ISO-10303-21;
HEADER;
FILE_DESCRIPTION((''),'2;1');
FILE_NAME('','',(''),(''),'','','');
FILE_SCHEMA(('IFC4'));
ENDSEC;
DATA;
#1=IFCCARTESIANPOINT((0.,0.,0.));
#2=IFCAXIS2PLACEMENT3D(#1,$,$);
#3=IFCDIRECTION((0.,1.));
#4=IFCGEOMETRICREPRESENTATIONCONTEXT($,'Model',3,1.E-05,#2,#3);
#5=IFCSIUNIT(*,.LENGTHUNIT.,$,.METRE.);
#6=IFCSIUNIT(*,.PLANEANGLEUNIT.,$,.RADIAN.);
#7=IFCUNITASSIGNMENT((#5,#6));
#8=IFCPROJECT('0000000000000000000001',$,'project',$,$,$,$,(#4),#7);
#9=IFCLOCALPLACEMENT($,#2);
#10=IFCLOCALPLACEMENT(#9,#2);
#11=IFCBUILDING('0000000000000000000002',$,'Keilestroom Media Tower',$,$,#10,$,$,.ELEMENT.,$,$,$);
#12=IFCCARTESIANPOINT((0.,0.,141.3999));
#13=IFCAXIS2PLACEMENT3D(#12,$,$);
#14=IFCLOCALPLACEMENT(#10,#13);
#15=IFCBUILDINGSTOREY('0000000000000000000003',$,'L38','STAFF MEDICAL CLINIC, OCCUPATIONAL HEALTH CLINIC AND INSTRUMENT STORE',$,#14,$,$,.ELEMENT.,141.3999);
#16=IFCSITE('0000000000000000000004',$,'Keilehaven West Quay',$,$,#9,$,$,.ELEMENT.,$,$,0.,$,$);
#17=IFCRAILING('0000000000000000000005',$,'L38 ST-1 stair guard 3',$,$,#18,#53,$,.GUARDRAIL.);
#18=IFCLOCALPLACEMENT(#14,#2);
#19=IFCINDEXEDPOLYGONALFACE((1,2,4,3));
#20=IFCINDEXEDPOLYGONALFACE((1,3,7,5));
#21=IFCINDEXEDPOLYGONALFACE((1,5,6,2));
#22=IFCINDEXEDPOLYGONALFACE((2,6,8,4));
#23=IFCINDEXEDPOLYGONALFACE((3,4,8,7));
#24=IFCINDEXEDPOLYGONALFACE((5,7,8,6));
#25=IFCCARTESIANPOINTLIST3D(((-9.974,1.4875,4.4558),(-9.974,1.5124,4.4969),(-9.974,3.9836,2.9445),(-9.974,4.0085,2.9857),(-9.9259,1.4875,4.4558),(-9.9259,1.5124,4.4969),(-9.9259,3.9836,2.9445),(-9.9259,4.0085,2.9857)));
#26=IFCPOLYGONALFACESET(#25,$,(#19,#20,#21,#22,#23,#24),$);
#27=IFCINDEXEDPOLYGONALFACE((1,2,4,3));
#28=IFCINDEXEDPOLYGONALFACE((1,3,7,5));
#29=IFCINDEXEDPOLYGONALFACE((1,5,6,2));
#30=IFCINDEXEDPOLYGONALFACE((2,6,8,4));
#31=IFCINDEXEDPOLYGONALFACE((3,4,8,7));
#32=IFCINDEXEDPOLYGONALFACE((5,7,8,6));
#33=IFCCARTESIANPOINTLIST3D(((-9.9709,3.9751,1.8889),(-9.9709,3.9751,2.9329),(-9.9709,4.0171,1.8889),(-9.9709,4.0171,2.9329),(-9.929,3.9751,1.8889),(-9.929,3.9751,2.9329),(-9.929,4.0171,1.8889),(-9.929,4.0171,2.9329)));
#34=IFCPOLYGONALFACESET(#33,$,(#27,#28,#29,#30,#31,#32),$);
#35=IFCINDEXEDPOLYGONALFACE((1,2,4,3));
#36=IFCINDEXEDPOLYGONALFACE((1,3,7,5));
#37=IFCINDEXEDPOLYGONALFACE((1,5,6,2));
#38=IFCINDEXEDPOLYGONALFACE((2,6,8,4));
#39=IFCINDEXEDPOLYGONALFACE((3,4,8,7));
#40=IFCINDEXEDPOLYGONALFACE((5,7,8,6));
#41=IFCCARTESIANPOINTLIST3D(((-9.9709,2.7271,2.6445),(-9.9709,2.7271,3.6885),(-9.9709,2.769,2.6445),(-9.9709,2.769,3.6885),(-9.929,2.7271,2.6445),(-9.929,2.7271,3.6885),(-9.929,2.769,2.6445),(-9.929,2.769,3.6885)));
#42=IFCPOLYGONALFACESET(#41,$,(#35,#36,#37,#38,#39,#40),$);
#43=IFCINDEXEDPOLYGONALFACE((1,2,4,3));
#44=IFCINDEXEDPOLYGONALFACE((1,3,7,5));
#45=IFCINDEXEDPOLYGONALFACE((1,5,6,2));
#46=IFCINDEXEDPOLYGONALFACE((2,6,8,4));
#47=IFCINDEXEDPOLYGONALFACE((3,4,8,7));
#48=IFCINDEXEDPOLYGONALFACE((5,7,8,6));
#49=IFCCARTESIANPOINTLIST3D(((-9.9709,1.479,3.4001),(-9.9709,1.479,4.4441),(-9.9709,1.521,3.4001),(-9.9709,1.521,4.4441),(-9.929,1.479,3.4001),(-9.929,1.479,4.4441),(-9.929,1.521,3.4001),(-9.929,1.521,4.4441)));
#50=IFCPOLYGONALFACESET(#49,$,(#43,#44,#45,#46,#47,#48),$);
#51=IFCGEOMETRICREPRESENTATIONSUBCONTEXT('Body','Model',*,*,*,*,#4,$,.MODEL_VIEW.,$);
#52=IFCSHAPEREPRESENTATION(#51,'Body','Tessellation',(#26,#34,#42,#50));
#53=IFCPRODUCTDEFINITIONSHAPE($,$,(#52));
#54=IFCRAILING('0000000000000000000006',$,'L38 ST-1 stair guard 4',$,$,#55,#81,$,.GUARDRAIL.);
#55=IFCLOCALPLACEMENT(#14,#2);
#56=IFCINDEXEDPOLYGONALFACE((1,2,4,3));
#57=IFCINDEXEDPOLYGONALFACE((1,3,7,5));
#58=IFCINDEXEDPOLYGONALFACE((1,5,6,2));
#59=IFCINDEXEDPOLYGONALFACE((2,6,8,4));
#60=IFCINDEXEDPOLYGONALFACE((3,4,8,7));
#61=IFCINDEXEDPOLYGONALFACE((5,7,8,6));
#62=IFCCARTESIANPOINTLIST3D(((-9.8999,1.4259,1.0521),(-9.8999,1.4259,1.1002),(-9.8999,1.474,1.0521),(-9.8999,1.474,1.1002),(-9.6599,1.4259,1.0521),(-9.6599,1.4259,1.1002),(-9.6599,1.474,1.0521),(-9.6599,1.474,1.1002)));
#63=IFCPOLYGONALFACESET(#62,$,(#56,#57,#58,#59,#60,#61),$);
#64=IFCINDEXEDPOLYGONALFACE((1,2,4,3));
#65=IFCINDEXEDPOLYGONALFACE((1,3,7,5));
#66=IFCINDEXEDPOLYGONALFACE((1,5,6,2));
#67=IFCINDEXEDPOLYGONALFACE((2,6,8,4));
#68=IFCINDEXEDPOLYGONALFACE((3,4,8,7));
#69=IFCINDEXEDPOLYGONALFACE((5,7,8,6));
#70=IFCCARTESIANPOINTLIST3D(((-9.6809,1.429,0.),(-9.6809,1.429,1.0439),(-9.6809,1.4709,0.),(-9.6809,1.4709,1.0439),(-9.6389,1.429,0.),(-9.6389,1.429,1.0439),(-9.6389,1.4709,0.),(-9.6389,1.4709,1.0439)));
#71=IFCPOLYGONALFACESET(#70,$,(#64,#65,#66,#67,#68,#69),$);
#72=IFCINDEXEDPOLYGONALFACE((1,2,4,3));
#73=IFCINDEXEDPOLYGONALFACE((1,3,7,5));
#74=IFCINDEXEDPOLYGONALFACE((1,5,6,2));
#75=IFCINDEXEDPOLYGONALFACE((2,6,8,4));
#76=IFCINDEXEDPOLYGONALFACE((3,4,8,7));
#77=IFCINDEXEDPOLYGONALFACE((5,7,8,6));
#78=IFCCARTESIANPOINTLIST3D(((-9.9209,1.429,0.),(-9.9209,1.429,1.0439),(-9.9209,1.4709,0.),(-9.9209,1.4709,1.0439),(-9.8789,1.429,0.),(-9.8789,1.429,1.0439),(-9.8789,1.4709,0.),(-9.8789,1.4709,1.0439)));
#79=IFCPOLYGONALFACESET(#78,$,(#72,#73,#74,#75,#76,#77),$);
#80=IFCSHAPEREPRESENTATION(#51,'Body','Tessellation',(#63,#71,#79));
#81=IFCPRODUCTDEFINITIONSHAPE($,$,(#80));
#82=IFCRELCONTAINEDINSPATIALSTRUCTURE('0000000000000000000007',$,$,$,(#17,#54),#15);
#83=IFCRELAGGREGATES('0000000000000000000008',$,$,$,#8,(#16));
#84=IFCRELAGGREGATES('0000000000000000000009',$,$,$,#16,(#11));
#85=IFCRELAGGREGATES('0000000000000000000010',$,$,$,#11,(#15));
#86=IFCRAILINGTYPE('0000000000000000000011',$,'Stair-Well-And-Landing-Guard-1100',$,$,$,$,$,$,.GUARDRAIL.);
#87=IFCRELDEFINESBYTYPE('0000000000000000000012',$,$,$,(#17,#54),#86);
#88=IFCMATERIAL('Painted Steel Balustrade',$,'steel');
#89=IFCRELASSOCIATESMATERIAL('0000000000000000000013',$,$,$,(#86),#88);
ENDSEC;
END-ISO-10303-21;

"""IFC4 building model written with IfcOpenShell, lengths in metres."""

from ifc_helpers import new_model, si_unit, direction, frame, origin, origin_2d, place, context, subcontext, project, spatial, rectangle, extrude, material, type_object, element, save


model = new_model("IFC4")

# Units and contexts
model_context = context("Model", 3, precision=1e-05, world=origin(), true_north=direction((0.0, 1.0)))
body_context = subcontext(model_context, "Body", "Model", "MODEL_VIEW")
ifc_project = project(units=[si_unit("LENGTHUNIT", "METRE"), si_unit("PLANEANGLEUNIT", "RADIAN")], contexts=[model_context])

# Site, building, storey
site_placement = place(None, origin())
site = spatial("IfcSite", under=ifc_project, at=site_placement, Name="Keilehaven West Quay", CompositionType="ELEMENT", RefElevation=0.0)
building_placement = place(site_placement, origin())
building = spatial("IfcBuilding", under=site, at=building_placement, Name="Keilestroom Media Tower", CompositionType="ELEMENT")
storey_placement = place(building_placement, frame((0.0, 0.0, 141.3999)))
storey = spatial("IfcBuildingStorey", under=building, at=storey_placement, Name="L38", Description="STAFF MEDICAL CLINIC, OCCUPATIONAL HEALTH CLINIC AND INSTRUMENT STORE", CompositionType="ELEMENT", Elevation=141.3999)

# Railings
ifc_material_1 = material(Name="Painted Steel Balustrade", Category="steel")
railing_type_1 = type_object("IfcRailingType", Name="Stair-Well-And-Landing-Guard-1100", PredefinedType="GUARDRAIL", material=ifc_material_1)
railing_1_placement = place(storey_placement, frame((-9.95, 3.9961, 1.8889)))
element("IfcRailing", 1, at=railing_1_placement, inside=storey, type_object=railing_type_1, Name="L38 ST-1 stair guard 3", PredefinedType="GUARDRAIL", context=body_context, shape_type="SweptSolid", body=[
    extrude(rectangle(XDim=0.0481, YDim=0.0481, at=origin_2d()), frame((0.0, 0.0, 1.0762), z_axis=(0.0, -0.855434, 0.517912), x_axis=(1.0, 0.0, 0.0)), (0.0, 0.0, 1.0), 2.918),
    extrude(rectangle(XDim=0.042, YDim=0.042, at=origin_2d()), origin(), (0.0, 0.0, 1.0), 1.0439),
    extrude(rectangle(XDim=0.042, YDim=0.042, at=origin_2d()), frame((0.0, -1.248, 0.7556)), (0.0, 0.0, 1.0), 1.0439),
    extrude(rectangle(XDim=0.042, YDim=0.042, at=origin_2d()), frame((0.0, -2.4961, 1.5112)), (0.0, 0.0, 1.0), 1.0439),
])
railing_2_placement = place(storey_placement, frame((-9.6599, 1.45, 0.0)))
element("IfcRailing", 2, at=railing_2_placement, inside=storey, type_object=railing_type_1, Name="L38 ST-1 stair guard 4", PredefinedType="GUARDRAIL", context=body_context, shape_type="SweptSolid", body=[
    extrude(rectangle(XDim=0.0481, YDim=0.0481, at=origin_2d()), frame((0.0, 0.0, 1.0762), z_axis=(-1.0, 0.0, 0.0), x_axis=(0.0, -1.0, 0.0)), (0.0, 0.0, 1.0), 0.24),
    extrude(rectangle(XDim=0.042, YDim=0.042, at=origin_2d()), origin(), (0.0, 0.0, 1.0), 1.0439),
    extrude(rectangle(XDim=0.042, YDim=0.042, at=origin_2d()), frame((-0.24, 0.0, 0.0)), (0.0, 0.0, 1.0), 1.0439),
])

save(model, "model.ifc")
